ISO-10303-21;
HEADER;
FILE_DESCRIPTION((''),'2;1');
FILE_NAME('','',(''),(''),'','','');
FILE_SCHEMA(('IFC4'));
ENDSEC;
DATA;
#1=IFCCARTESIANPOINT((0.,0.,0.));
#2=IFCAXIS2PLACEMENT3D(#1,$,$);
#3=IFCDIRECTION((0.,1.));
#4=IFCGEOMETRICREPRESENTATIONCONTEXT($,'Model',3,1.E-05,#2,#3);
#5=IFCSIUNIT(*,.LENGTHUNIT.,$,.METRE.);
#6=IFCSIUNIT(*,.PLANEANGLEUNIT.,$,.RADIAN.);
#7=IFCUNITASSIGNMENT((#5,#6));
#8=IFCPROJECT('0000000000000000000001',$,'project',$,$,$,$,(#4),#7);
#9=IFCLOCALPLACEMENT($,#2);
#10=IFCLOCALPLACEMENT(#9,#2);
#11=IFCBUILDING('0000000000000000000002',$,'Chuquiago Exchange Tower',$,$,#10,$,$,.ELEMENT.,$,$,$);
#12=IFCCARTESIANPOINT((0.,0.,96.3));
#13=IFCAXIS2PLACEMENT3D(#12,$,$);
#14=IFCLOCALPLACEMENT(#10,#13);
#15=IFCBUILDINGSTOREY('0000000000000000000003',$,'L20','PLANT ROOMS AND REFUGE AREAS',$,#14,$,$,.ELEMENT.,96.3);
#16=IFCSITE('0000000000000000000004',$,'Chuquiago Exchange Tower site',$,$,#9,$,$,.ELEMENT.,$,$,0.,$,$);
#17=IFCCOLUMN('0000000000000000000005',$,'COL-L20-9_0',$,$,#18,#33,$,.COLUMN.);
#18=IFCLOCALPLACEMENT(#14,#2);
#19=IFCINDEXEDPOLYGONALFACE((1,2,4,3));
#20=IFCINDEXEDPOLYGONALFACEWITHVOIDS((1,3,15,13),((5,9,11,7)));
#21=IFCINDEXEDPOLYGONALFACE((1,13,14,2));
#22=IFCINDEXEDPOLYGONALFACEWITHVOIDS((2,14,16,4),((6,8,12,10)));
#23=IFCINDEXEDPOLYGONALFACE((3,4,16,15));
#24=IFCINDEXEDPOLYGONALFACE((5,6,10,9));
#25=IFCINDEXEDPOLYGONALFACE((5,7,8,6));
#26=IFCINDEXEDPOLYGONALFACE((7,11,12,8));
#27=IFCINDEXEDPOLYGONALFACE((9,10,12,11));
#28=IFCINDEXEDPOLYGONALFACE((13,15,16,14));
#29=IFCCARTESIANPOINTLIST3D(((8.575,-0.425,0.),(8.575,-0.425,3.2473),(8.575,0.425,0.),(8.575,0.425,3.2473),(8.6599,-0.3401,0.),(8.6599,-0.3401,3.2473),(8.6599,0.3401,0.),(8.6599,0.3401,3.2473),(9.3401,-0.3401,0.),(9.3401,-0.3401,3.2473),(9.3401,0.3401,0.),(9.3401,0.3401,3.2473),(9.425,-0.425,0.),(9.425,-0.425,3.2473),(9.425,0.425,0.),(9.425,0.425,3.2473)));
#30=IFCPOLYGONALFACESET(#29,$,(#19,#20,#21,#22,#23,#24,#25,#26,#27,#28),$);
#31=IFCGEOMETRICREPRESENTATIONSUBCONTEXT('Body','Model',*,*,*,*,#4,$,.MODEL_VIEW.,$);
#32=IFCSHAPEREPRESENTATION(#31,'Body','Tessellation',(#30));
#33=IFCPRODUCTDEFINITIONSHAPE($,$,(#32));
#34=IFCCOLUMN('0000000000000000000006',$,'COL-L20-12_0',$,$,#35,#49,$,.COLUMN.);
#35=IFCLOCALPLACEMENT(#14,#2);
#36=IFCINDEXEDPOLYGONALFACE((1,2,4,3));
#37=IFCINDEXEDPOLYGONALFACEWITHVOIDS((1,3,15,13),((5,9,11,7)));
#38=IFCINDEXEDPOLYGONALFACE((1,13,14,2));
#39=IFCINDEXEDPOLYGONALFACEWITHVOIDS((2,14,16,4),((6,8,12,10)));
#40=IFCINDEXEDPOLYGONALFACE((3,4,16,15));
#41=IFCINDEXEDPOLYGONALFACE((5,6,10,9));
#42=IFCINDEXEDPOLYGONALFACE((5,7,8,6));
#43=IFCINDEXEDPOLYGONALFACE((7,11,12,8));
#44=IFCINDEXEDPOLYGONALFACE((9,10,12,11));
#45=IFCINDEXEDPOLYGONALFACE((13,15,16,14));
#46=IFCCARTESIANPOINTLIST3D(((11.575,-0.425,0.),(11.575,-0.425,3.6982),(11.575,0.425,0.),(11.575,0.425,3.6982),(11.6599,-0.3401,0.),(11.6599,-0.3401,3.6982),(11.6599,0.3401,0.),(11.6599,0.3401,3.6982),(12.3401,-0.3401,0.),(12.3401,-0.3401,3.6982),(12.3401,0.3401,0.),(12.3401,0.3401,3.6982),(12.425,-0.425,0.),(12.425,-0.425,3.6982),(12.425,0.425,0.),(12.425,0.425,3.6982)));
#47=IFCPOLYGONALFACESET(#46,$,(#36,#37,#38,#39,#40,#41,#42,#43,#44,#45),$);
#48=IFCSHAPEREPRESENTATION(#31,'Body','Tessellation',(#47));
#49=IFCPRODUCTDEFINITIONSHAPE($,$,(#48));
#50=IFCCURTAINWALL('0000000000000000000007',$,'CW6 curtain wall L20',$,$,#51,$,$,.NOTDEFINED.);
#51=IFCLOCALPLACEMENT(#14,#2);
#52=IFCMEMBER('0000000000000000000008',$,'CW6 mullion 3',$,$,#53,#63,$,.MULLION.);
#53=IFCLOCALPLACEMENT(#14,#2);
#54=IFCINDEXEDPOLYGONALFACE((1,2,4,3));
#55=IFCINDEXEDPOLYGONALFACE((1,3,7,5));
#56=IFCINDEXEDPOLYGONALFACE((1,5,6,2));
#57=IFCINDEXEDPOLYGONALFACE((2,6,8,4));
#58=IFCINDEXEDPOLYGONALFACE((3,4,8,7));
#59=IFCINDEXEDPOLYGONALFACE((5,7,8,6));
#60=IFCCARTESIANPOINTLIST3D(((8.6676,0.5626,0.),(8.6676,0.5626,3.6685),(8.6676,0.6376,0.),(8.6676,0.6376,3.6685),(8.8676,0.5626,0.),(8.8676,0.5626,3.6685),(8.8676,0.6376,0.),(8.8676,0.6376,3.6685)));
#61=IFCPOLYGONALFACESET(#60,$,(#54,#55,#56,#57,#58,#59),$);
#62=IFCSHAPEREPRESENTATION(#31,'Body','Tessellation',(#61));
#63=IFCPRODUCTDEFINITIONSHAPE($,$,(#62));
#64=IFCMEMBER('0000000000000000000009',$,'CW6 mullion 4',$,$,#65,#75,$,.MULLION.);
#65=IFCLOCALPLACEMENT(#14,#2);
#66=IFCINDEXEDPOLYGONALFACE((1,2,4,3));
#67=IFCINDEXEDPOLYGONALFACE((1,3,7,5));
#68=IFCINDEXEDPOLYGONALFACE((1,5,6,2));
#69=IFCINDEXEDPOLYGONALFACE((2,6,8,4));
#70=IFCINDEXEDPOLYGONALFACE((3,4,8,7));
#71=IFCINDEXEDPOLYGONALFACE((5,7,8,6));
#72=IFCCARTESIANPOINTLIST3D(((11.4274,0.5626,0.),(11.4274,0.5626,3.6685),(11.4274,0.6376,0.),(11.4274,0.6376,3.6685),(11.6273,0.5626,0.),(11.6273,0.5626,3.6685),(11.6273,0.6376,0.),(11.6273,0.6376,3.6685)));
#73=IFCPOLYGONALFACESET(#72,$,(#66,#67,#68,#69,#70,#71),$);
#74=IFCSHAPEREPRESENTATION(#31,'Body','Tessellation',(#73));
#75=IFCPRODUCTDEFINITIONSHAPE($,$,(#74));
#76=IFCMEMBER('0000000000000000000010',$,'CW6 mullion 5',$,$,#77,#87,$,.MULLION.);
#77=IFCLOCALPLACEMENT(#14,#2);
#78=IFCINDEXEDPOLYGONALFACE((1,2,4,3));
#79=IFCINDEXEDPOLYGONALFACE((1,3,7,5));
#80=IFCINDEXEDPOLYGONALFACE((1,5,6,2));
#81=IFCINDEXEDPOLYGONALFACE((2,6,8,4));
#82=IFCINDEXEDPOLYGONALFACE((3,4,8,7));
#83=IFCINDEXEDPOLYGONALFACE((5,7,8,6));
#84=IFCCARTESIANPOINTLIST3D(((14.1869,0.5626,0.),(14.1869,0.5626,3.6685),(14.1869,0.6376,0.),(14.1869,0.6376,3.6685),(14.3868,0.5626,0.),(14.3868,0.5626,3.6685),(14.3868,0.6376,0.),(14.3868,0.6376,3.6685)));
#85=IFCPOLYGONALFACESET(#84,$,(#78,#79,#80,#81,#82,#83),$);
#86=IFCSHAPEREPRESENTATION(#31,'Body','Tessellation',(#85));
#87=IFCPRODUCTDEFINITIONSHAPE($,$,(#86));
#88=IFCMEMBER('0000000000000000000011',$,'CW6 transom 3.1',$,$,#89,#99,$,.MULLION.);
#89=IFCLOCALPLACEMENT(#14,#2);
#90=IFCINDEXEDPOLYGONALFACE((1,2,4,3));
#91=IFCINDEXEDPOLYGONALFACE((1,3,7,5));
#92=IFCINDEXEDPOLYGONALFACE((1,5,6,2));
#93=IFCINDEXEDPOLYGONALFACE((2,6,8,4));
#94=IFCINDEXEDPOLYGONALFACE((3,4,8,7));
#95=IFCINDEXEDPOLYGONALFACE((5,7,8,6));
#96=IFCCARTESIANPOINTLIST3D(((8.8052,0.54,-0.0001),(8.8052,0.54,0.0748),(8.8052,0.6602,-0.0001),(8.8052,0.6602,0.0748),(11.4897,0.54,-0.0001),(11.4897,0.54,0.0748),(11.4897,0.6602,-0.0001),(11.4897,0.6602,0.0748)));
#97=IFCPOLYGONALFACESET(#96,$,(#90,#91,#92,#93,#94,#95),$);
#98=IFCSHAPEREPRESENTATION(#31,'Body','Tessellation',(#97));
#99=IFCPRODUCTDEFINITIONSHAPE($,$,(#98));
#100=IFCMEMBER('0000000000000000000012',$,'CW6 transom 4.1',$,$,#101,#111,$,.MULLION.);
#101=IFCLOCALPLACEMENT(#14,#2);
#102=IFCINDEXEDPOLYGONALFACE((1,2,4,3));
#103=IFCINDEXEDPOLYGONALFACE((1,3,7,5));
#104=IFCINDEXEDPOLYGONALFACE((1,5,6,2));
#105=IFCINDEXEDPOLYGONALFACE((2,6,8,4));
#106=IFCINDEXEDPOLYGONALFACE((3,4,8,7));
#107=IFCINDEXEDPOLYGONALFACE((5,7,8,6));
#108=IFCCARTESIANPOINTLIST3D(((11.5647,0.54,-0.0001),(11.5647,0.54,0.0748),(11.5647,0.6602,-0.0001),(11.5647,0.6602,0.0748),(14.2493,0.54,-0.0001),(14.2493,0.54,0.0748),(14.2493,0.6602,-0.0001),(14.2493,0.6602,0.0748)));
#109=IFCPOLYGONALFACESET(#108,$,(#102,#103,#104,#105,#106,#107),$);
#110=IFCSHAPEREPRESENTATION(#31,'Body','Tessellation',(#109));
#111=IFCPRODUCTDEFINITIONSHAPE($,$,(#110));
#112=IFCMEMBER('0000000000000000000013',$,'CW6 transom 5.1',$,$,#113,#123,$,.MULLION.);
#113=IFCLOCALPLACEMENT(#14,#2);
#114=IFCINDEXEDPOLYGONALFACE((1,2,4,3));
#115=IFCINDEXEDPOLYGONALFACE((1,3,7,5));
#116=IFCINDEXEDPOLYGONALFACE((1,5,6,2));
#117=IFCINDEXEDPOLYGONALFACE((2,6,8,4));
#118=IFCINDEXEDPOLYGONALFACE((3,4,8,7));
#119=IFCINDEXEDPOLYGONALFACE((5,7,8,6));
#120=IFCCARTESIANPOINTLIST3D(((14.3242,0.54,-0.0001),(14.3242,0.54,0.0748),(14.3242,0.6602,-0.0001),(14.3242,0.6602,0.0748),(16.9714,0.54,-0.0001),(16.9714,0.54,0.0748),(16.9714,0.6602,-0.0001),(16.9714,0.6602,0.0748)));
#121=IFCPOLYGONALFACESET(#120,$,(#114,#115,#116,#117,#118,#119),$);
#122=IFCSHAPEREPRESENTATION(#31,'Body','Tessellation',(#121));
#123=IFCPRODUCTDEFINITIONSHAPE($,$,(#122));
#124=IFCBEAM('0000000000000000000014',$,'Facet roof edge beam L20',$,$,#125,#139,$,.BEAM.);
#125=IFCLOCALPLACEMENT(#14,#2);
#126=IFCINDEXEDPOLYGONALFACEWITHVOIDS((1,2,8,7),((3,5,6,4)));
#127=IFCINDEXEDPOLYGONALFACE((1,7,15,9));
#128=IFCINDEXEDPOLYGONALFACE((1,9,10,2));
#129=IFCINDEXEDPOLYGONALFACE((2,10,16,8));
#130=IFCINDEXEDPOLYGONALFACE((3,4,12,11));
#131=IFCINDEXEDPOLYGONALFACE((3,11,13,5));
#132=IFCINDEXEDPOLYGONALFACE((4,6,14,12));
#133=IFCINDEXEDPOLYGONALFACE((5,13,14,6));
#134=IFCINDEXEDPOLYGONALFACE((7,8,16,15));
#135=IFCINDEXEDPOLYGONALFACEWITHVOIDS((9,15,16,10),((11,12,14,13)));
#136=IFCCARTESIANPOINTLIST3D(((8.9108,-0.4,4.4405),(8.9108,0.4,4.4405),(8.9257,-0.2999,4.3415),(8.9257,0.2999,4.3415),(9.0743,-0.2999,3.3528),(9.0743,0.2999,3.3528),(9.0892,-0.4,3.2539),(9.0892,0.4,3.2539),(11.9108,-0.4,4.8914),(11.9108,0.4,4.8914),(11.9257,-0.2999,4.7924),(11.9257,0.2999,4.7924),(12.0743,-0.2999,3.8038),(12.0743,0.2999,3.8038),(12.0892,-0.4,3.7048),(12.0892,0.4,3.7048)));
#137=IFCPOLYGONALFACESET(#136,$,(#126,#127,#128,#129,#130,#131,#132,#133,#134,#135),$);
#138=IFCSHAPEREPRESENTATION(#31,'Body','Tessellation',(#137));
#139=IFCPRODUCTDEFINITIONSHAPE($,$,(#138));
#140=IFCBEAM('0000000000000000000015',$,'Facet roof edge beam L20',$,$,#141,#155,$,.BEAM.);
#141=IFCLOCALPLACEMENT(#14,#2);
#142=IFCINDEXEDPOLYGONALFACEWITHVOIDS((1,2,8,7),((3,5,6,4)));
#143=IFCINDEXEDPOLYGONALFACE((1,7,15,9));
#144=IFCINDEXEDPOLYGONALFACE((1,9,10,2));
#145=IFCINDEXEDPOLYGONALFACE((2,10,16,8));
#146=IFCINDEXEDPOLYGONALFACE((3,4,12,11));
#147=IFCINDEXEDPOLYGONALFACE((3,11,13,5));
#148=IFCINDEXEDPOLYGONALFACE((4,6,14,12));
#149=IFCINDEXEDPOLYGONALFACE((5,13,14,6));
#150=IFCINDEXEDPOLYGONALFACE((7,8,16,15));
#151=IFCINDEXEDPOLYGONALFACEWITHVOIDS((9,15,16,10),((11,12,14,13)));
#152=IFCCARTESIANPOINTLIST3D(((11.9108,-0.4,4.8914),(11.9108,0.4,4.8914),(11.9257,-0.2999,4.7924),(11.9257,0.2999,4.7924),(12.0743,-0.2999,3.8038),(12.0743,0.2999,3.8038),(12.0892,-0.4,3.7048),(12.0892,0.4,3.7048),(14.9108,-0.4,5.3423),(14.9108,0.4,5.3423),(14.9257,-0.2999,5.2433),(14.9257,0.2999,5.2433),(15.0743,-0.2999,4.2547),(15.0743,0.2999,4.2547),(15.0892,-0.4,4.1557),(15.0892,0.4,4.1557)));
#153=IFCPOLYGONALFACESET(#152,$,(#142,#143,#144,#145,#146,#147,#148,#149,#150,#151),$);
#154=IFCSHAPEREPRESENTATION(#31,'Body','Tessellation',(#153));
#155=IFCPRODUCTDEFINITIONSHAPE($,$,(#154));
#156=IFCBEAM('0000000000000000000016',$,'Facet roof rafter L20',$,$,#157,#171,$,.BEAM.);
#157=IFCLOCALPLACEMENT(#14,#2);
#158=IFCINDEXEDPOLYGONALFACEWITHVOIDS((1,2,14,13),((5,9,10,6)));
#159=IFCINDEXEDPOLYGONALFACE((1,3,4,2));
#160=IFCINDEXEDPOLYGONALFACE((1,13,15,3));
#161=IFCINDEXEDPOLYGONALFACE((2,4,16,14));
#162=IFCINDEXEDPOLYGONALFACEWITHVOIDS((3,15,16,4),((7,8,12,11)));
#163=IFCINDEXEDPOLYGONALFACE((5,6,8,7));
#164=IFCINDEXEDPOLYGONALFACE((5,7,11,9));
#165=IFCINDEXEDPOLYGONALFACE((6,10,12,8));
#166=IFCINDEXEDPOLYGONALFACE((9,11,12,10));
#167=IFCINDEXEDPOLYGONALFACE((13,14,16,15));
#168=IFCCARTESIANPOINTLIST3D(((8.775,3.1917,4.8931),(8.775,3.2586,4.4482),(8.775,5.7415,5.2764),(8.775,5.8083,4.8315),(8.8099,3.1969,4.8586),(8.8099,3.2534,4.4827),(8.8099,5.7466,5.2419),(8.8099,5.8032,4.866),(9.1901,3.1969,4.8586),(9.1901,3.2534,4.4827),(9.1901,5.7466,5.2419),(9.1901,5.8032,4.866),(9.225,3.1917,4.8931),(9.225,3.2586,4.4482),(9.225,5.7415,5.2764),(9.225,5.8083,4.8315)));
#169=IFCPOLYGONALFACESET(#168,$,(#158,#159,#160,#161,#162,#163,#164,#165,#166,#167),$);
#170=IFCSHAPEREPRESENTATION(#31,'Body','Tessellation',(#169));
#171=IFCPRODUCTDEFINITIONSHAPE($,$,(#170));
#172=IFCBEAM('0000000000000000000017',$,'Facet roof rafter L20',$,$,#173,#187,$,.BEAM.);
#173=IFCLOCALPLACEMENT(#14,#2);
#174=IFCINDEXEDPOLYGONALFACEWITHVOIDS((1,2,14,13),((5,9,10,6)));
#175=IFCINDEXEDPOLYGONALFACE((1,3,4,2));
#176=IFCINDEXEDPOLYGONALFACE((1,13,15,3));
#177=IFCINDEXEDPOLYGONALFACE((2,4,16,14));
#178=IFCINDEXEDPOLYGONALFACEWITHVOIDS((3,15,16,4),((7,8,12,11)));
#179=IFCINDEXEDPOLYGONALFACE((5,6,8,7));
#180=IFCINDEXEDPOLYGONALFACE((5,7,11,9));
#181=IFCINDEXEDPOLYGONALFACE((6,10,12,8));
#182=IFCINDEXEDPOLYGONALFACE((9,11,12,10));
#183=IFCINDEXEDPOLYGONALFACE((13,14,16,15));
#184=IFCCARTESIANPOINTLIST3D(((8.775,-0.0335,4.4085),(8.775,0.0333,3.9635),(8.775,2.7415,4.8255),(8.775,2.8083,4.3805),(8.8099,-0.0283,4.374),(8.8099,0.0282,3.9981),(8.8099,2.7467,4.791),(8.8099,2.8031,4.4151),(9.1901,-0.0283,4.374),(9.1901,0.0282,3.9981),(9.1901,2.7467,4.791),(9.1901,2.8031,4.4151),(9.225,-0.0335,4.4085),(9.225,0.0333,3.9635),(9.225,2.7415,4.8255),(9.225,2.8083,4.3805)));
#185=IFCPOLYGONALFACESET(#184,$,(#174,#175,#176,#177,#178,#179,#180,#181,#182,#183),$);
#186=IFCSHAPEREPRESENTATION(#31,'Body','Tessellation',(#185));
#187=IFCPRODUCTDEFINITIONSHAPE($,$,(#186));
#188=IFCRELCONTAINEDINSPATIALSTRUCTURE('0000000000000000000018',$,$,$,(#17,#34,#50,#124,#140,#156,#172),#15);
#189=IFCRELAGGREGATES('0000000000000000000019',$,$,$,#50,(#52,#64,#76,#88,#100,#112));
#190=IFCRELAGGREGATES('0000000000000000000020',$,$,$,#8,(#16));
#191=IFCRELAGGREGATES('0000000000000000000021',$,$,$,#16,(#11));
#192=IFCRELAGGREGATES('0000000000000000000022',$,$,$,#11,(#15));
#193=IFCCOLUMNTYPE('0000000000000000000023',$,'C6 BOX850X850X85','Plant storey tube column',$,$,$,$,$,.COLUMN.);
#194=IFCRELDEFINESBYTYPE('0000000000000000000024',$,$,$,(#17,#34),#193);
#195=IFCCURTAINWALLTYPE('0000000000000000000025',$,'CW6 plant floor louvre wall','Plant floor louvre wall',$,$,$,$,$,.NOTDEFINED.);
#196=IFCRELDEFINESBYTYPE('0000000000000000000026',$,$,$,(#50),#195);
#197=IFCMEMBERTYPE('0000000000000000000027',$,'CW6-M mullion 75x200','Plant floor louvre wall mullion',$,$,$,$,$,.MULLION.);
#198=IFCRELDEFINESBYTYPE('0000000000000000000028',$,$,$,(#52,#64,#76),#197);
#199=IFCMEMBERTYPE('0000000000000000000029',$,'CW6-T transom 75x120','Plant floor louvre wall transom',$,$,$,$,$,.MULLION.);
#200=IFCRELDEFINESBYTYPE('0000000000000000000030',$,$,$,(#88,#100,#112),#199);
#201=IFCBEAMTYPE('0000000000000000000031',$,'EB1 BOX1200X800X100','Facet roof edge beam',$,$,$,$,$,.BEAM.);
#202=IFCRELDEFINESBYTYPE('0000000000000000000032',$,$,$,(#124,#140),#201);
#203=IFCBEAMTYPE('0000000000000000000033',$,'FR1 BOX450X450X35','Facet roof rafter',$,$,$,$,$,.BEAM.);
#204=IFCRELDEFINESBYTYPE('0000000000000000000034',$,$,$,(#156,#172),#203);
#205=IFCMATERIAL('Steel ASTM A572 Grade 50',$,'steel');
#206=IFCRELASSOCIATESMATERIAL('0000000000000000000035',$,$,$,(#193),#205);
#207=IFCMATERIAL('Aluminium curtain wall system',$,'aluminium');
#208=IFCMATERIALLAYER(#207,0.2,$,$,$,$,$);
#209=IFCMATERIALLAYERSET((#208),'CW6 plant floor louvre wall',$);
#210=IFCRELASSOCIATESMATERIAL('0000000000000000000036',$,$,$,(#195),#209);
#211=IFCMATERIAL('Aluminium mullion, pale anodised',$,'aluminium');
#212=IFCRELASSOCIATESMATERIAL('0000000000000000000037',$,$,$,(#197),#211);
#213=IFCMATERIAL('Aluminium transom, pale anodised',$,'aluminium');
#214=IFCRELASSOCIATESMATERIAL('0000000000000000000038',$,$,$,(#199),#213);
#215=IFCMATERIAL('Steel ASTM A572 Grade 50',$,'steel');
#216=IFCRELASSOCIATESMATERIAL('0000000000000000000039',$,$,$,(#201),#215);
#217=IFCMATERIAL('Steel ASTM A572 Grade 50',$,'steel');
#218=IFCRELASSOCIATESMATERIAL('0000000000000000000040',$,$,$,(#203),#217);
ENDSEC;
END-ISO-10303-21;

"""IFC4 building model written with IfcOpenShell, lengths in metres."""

from ifc_helpers import new_model, si_unit, direction, frame, origin, origin_2d, place, context, subcontext, project, spatial, rectangle, hollow_rectangle, extrude, material, layer, layer_set, material_profile, profile_set, type_object, element, aggregate, save


model = new_model("IFC4")

# Units and contexts
model_context = context("Model", 3, precision=1e-05, world=origin(), true_north=direction((0.0, 1.0)))
body_context = subcontext(model_context, "Body", "Model", "MODEL_VIEW")
ifc_project = project(units=[si_unit("LENGTHUNIT", "METRE"), si_unit("PLANEANGLEUNIT", "RADIAN")], contexts=[model_context])

# Site, building, storey
site_placement = place(None, origin())
site = spatial("IfcSite", under=ifc_project, at=site_placement, Name="Chuquiago Exchange Tower site", CompositionType="ELEMENT", RefElevation=0.0)
building_placement = place(site_placement, origin())
building = spatial("IfcBuilding", under=site, at=building_placement, Name="Chuquiago Exchange Tower", CompositionType="ELEMENT")
storey_placement = place(building_placement, frame((0.0, 0.0, 96.3)))
storey = spatial("IfcBuildingStorey", under=building, at=storey_placement, Name="L20", Description="PLANT ROOMS AND REFUGE AREAS", CompositionType="ELEMENT", Elevation=96.3)

# Columns
ifc_material_1 = material(Name="Steel ASTM A572 Grade 50", Category="steel")
ifc_material_profile_1 = material_profile(ifc_material_1, hollow_rectangle(XDim=0.8501, YDim=0.8501, WallThickness=0.085, at=origin_2d()), Name="BOX850X850X85")
ifc_profile_set_1 = profile_set([ifc_material_profile_1], Name="Steel ASTM A572 Grade 50")
column_type = type_object("IfcColumnType", Name="C6 BOX850X850X85", Description="Plant storey tube column", PredefinedType="COLUMN", material=ifc_profile_set_1)
column_1_placement = place(storey_placement, frame((9.0, 0.0, 0.0), z_axis=(0.0, 0.0, 1.0), x_axis=(0.0, -1.0, 0.0)))
element("IfcColumn", 1, at=column_1_placement, inside=storey, type_object=column_type, Name="COL-L20-9_0", PredefinedType="COLUMN", context=body_context, shape_type="SweptSolid", body=[
    extrude(hollow_rectangle(XDim=0.8501, YDim=0.8501, WallThickness=0.085, at=origin_2d()), origin(), (0.0, 0.0, 1.0), 3.2473),
])
column_2_placement = place(storey_placement, frame((12.0, 0.0, 0.0), z_axis=(0.0, 0.0, 1.0), x_axis=(0.0, -1.0, 0.0)))
element("IfcColumn", 2, at=column_2_placement, inside=storey, type_object=column_type, Name="COL-L20-12_0", PredefinedType="COLUMN", context=body_context, shape_type="SweptSolid", body=[
    extrude(hollow_rectangle(XDim=0.8501, YDim=0.8501, WallThickness=0.085, at=origin_2d()), origin(), (0.0, 0.0, 1.0), 3.6982),
])

# Curtain wall, members
ifc_material_2 = material(Name="Aluminium curtain wall system", Category="aluminium")
ifc_layer_1 = layer(ifc_material_2, 0.2)
ifc_layer_set_1 = layer_set([ifc_layer_1], Name="CW6 plant floor louvre wall")
curtain_wall_type = type_object("IfcCurtainWallType", Name="CW6 plant floor louvre wall", Description="Plant floor louvre wall", PredefinedType="NOTDEFINED", material=ifc_layer_set_1)
curtain_wall_placement = place(storey_placement, origin())
curtain_wall = element("IfcCurtainWall", 3, at=curtain_wall_placement, inside=storey, type_object=curtain_wall_type, Name="CW6 curtain wall L20", PredefinedType="NOTDEFINED")
ifc_material_3 = material(Name="Aluminium mullion, pale anodised", Category="aluminium")
ifc_material_profile_2 = material_profile(ifc_material_3, rectangle(XDim=0.075, YDim=0.2, at=origin_2d()), Name="AL 75x200")
ifc_profile_set_2 = profile_set([ifc_material_profile_2], Name="Aluminium mullion, pale anodised")
member_type_1 = type_object("IfcMemberType", Name="CW6-M mullion 75x200", Description="Plant floor louvre wall mullion", PredefinedType="MULLION", material=ifc_profile_set_2)
member_1_placement = place(storey_placement, frame((8.7676, 0.6001, 0.0), z_axis=(0.0, 0.0, 1.0), x_axis=(0.0, 1.0, 0.0)))
member_1 = element("IfcMember", 4, at=member_1_placement, type_object=member_type_1, Name="CW6 mullion 3", PredefinedType="MULLION", context=body_context, shape_type="SweptSolid", body=[
    extrude(rectangle(XDim=0.075, YDim=0.2, at=origin_2d()), origin(), (0.0, 0.0, 1.0), 3.6685),
])
member_2_placement = place(storey_placement, frame((11.5273, 0.6001, 0.0), z_axis=(0.0, 0.0, 1.0), x_axis=(0.0, 1.0, 0.0)))
member_2 = element("IfcMember", 5, at=member_2_placement, type_object=member_type_1, Name="CW6 mullion 4", PredefinedType="MULLION", context=body_context, shape_type="SweptSolid", body=[
    extrude(rectangle(XDim=0.075, YDim=0.2, at=origin_2d()), origin(), (0.0, 0.0, 1.0), 3.6685),
])
member_3_placement = place(storey_placement, frame((14.2869, 0.6001, 0.0), z_axis=(0.0, 0.0, 1.0), x_axis=(0.0, 1.0, 0.0)))
member_3 = element("IfcMember", 6, at=member_3_placement, type_object=member_type_1, Name="CW6 mullion 5", PredefinedType="MULLION", context=body_context, shape_type="SweptSolid", body=[
    extrude(rectangle(XDim=0.075, YDim=0.2, at=origin_2d()), origin(), (0.0, 0.0, 1.0), 3.6685),
])
ifc_material_4 = material(Name="Aluminium transom, pale anodised", Category="aluminium")
ifc_material_profile_3 = material_profile(ifc_material_4, rectangle(XDim=0.1201, YDim=0.075, at=origin_2d()), Name="AL 120x75")
ifc_profile_set_3 = profile_set([ifc_material_profile_3], Name="Aluminium transom, pale anodised")
member_type_2 = type_object("IfcMemberType", Name="CW6-T transom 75x120", Description="Plant floor louvre wall transom", PredefinedType="MULLION", material=ifc_profile_set_3)
member_4_placement = place(storey_placement, frame((8.8052, 0.6001, 0.0374), z_axis=(1.0, 0.0, 0.0), x_axis=(0.0, 1.0, 0.0)))
member_4 = element("IfcMember", 7, at=member_4_placement, type_object=member_type_2, Name="CW6 transom 3.1", PredefinedType="MULLION", context=body_context, shape_type="SweptSolid", body=[
    extrude(rectangle(XDim=0.1201, YDim=0.075, at=origin_2d()), origin(), (0.0, 0.0, 1.0), 2.6846),
])
member_5_placement = place(storey_placement, frame((11.5647, 0.6001, 0.0374), z_axis=(1.0, 0.0, 0.0), x_axis=(0.0, 1.0, 0.0)))
member_5 = element("IfcMember", 8, at=member_5_placement, type_object=member_type_2, Name="CW6 transom 4.1", PredefinedType="MULLION", context=body_context, shape_type="SweptSolid", body=[
    extrude(rectangle(XDim=0.1201, YDim=0.075, at=origin_2d()), origin(), (0.0, 0.0, 1.0), 2.6846),
])
member_6_placement = place(storey_placement, frame((14.3242, 0.6001, 0.0374), z_axis=(1.0, 0.0, 0.0), x_axis=(0.0, 1.0, 0.0)))
member_6 = element("IfcMember", 9, at=member_6_placement, type_object=member_type_2, Name="CW6 transom 5.1", PredefinedType="MULLION", context=body_context, shape_type="SweptSolid", body=[
    extrude(rectangle(XDim=0.1201, YDim=0.075, at=origin_2d()), origin(), (0.0, 0.0, 1.0), 2.6472),
])

# Beams
ifc_material_5 = material(Name="Steel ASTM A572 Grade 50", Category="steel")
ifc_material_profile_4 = material_profile(ifc_material_5, hollow_rectangle(XDim=0.8, YDim=1.2, WallThickness=0.1001, at=origin_2d()), Name="BOX1200X800X100")
ifc_profile_set_4 = profile_set([ifc_material_profile_4], Name="Steel ASTM A572 Grade 50")
beam_type_1 = type_object("IfcBeamType", Name="EB1 BOX1200X800X100", Description="Facet roof edge beam", PredefinedType="BEAM", material=ifc_profile_set_4)
for number, where, z_axis, x_axis, name in (
    (10, (9.0, 0.0, 3.8472), (0.988891, 0.0, 0.14864), (0.0, 1.0, 0.0), "Facet roof edge beam L20"),
    (11, (12.0, 0.0, 4.2981), (0.988891, 0.0, 0.14864), (0.0, 1.0, 0.0), "Facet roof edge beam L20"),
):
    element("IfcBeam", number, at=place(storey_placement, frame(where, z_axis=z_axis, x_axis=x_axis)), inside=storey, type_object=beam_type_1, Name=name, PredefinedType="BEAM", context=body_context, shape_type="SweptSolid", body=[
        extrude(hollow_rectangle(XDim=0.8, YDim=1.2, WallThickness=0.1001, at=origin_2d()), origin(), (0.0, 0.0, 1.0), 3.0337),
    ])
ifc_material_6 = material(Name="Steel ASTM A572 Grade 50", Category="steel")
ifc_material_profile_5 = material_profile(ifc_material_6, hollow_rectangle(XDim=0.45, YDim=0.45, WallThickness=0.0349, at=origin_2d()), Name="BOX450X450X35")
ifc_profile_set_5 = profile_set([ifc_material_profile_5], Name="Steel ASTM A572 Grade 50")
beam_type_2 = type_object("IfcBeamType", Name="FR1 BOX450X450X35", Description="Facet roof rafter", PredefinedType="BEAM", material=ifc_profile_set_5)
beam_1_placement = place(storey_placement, frame((9.0, 5.7749, 5.054), z_axis=(0.0, -0.988889, -0.148655), x_axis=(1.0, 0.0, 0.0)))
element("IfcBeam", 12, at=beam_1_placement, inside=storey, type_object=beam_type_2, Name="Facet roof rafter L20", PredefinedType="BEAM", context=body_context, shape_type="SweptSolid", body=[
    extrude(hollow_rectangle(XDim=0.45, YDim=0.45, WallThickness=0.0349, at=origin_2d()), origin(), (0.0, 0.0, 1.0), 2.5784),
])
beam_2_placement = place(storey_placement, frame((9.0, 2.7749, 4.603), z_axis=(0.0, -0.988897, -0.148604), x_axis=(1.0, 0.0, 0.0)))
element("IfcBeam", 13, at=beam_2_placement, inside=storey, type_object=beam_type_2, Name="Facet roof rafter L20", PredefinedType="BEAM", context=body_context, shape_type="SweptSolid", body=[
    extrude(hollow_rectangle(XDim=0.45, YDim=0.45, WallThickness=0.0349, at=origin_2d()), origin(), (0.0, 0.0, 1.0), 2.8062),
])

aggregate(curtain_wall, [member_1, member_2, member_3, member_4, member_5, member_6])

save(model, "model.ifc")
